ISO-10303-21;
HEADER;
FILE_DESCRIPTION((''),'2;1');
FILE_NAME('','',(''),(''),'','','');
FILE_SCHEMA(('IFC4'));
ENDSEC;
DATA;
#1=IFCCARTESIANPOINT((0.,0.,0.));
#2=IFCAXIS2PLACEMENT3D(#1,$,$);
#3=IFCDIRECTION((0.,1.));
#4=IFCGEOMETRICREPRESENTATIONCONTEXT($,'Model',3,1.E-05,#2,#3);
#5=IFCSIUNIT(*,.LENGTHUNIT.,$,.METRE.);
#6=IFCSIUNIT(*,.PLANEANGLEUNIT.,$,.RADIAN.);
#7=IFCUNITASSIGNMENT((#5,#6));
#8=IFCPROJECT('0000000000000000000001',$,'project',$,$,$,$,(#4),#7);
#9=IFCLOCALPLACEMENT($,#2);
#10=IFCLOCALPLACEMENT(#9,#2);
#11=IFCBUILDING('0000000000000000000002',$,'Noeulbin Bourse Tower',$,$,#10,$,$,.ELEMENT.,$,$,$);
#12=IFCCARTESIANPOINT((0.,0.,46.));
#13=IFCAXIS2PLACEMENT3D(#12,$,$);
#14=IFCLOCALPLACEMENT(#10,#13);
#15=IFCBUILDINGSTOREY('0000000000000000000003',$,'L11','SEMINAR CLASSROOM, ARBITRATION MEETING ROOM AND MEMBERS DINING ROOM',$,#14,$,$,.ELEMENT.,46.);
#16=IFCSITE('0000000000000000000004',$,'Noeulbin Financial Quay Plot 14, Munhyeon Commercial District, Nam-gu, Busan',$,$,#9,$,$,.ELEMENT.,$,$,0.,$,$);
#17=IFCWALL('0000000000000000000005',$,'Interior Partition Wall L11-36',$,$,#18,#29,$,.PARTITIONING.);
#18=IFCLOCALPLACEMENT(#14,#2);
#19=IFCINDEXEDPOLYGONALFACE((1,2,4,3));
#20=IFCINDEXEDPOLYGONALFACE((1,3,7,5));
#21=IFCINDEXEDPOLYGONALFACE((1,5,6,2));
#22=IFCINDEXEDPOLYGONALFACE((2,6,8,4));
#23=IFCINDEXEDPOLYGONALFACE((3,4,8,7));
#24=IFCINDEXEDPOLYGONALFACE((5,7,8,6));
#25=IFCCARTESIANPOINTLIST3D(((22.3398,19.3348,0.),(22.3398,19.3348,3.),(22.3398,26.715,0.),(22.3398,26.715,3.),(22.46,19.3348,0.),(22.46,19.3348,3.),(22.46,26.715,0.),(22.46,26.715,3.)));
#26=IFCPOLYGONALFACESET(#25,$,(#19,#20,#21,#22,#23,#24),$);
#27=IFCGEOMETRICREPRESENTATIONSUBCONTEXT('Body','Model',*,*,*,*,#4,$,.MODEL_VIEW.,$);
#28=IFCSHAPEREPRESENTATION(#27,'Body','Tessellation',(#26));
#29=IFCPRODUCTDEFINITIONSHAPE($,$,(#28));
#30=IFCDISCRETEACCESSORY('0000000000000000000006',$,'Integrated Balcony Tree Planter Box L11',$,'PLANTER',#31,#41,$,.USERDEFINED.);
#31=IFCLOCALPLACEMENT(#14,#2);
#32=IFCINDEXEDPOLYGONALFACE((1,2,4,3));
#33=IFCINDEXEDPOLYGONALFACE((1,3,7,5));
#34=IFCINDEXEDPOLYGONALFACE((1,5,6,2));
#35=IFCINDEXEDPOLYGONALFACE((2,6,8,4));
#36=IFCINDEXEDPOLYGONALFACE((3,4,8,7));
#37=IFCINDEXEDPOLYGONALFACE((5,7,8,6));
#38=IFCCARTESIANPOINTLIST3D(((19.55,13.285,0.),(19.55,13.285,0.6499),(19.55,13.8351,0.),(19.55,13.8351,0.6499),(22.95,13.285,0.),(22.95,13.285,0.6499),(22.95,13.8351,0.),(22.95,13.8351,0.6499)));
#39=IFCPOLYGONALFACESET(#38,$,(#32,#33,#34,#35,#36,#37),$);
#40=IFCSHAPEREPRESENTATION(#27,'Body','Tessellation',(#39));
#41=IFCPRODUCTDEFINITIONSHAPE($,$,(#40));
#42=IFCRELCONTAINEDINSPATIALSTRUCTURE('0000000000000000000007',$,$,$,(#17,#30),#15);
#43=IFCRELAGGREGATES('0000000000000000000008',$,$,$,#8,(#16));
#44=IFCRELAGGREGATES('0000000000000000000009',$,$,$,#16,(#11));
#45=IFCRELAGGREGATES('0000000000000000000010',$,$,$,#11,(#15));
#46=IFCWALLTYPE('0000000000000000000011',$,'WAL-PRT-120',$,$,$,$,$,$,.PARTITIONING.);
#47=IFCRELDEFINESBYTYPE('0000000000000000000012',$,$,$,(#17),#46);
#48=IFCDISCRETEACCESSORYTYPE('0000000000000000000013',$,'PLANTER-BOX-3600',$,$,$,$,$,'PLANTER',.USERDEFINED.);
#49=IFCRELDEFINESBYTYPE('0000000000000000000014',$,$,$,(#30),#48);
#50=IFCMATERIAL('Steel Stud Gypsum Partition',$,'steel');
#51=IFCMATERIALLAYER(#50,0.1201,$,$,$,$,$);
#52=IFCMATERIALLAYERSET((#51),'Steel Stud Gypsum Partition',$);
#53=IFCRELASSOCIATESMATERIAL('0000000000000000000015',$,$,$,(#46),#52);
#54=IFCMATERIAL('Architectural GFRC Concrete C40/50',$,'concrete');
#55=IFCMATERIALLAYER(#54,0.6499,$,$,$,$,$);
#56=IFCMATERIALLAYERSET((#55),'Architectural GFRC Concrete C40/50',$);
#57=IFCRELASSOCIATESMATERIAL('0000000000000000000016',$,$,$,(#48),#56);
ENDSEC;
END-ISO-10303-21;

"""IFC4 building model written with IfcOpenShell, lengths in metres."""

from ifc_helpers import new_model, si_unit, direction, frame, frame_2d, origin, origin_2d, place, context, subcontext, project, spatial, rectangle, extrude, material, layer, layer_set, type_object, element, save


model = new_model("IFC4")

# Units and contexts
model_context = context("Model", 3, precision=1e-05, world=origin(), true_north=direction((0.0, 1.0)))
body_context = subcontext(model_context, "Body", "Model", "MODEL_VIEW")
ifc_project = project(units=[si_unit("LENGTHUNIT", "METRE"), si_unit("PLANEANGLEUNIT", "RADIAN")], contexts=[model_context])

# Site, building, storey
site_placement = place(None, origin())
site = spatial("IfcSite", under=ifc_project, at=site_placement, Name="Noeulbin Financial Quay Plot 14, Munhyeon Commercial District, Nam-gu, Busan", CompositionType="ELEMENT", RefElevation=0.0)
building_placement = place(site_placement, origin())
building = spatial("IfcBuilding", under=site, at=building_placement, Name="Noeulbin Bourse Tower", CompositionType="ELEMENT")
storey_placement = place(building_placement, frame((0.0, 0.0, 46.0)))
storey = spatial("IfcBuildingStorey", under=building, at=storey_placement, Name="L11", Description="SEMINAR CLASSROOM, ARBITRATION MEETING ROOM AND MEMBERS DINING ROOM", CompositionType="ELEMENT", Elevation=46.0)

# Wall
ifc_material_1 = material(Name="Steel Stud Gypsum Partition", Category="steel")
ifc_layer_1 = layer(ifc_material_1, 0.1201)
ifc_layer_set_1 = layer_set([ifc_layer_1], Name="Steel Stud Gypsum Partition")
wall_type_1 = type_object("IfcWallType", Name="WAL-PRT-120", PredefinedType="PARTITIONING", material=ifc_layer_set_1)
for number, where, z_axis, x_axis, name in (
    (1, (22.3999, 19.335, 0.0), (0.0, 0.0, 1.0), (0.0, 1.0, 0.0), "Interior Partition Wall L11-36"),
):
    element("IfcWall", number, at=place(storey_placement, frame(where, z_axis=z_axis, x_axis=x_axis)), inside=storey, type_object=wall_type_1, Name=name, PredefinedType="PARTITIONING", context=body_context, shape_type="SweptSolid", body=[
        extrude(rectangle(XDim=7.3801, YDim=0.1201, at=frame_2d((3.6899, 0.0))), origin(), (0.0, 0.0, 1.0), 3.0),
    ])

# Discrete accessory
ifc_material_2 = material(Name="Architectural GFRC Concrete C40/50", Category="concrete")
ifc_layer_2 = layer(ifc_material_2, 0.6499)
ifc_layer_set_2 = layer_set([ifc_layer_2], Name="Architectural GFRC Concrete C40/50")
discrete_accessory_type = type_object("IfcDiscreteAccessoryType", Name="PLANTER-BOX-3600", ElementType="PLANTER", PredefinedType="USERDEFINED", material=ifc_layer_set_2)
discrete_accessory_placement = place(storey_placement, frame((21.25, 13.5601, 0.0), z_axis=(0.0, 0.0, 1.0), x_axis=(1.0, 0.0, 0.0)))
element("IfcDiscreteAccessory", 2, at=discrete_accessory_placement, inside=storey, type_object=discrete_accessory_type, Name="Integrated Balcony Tree Planter Box L11", ObjectType="PLANTER", PredefinedType="USERDEFINED", context=body_context, shape_type="SweptSolid", body=[
    extrude(rectangle(XDim=3.3999, YDim=0.55, at=origin_2d()), origin(), (0.0, 0.0, 1.0), 0.6499),
])

save(model, "model.ifc")
